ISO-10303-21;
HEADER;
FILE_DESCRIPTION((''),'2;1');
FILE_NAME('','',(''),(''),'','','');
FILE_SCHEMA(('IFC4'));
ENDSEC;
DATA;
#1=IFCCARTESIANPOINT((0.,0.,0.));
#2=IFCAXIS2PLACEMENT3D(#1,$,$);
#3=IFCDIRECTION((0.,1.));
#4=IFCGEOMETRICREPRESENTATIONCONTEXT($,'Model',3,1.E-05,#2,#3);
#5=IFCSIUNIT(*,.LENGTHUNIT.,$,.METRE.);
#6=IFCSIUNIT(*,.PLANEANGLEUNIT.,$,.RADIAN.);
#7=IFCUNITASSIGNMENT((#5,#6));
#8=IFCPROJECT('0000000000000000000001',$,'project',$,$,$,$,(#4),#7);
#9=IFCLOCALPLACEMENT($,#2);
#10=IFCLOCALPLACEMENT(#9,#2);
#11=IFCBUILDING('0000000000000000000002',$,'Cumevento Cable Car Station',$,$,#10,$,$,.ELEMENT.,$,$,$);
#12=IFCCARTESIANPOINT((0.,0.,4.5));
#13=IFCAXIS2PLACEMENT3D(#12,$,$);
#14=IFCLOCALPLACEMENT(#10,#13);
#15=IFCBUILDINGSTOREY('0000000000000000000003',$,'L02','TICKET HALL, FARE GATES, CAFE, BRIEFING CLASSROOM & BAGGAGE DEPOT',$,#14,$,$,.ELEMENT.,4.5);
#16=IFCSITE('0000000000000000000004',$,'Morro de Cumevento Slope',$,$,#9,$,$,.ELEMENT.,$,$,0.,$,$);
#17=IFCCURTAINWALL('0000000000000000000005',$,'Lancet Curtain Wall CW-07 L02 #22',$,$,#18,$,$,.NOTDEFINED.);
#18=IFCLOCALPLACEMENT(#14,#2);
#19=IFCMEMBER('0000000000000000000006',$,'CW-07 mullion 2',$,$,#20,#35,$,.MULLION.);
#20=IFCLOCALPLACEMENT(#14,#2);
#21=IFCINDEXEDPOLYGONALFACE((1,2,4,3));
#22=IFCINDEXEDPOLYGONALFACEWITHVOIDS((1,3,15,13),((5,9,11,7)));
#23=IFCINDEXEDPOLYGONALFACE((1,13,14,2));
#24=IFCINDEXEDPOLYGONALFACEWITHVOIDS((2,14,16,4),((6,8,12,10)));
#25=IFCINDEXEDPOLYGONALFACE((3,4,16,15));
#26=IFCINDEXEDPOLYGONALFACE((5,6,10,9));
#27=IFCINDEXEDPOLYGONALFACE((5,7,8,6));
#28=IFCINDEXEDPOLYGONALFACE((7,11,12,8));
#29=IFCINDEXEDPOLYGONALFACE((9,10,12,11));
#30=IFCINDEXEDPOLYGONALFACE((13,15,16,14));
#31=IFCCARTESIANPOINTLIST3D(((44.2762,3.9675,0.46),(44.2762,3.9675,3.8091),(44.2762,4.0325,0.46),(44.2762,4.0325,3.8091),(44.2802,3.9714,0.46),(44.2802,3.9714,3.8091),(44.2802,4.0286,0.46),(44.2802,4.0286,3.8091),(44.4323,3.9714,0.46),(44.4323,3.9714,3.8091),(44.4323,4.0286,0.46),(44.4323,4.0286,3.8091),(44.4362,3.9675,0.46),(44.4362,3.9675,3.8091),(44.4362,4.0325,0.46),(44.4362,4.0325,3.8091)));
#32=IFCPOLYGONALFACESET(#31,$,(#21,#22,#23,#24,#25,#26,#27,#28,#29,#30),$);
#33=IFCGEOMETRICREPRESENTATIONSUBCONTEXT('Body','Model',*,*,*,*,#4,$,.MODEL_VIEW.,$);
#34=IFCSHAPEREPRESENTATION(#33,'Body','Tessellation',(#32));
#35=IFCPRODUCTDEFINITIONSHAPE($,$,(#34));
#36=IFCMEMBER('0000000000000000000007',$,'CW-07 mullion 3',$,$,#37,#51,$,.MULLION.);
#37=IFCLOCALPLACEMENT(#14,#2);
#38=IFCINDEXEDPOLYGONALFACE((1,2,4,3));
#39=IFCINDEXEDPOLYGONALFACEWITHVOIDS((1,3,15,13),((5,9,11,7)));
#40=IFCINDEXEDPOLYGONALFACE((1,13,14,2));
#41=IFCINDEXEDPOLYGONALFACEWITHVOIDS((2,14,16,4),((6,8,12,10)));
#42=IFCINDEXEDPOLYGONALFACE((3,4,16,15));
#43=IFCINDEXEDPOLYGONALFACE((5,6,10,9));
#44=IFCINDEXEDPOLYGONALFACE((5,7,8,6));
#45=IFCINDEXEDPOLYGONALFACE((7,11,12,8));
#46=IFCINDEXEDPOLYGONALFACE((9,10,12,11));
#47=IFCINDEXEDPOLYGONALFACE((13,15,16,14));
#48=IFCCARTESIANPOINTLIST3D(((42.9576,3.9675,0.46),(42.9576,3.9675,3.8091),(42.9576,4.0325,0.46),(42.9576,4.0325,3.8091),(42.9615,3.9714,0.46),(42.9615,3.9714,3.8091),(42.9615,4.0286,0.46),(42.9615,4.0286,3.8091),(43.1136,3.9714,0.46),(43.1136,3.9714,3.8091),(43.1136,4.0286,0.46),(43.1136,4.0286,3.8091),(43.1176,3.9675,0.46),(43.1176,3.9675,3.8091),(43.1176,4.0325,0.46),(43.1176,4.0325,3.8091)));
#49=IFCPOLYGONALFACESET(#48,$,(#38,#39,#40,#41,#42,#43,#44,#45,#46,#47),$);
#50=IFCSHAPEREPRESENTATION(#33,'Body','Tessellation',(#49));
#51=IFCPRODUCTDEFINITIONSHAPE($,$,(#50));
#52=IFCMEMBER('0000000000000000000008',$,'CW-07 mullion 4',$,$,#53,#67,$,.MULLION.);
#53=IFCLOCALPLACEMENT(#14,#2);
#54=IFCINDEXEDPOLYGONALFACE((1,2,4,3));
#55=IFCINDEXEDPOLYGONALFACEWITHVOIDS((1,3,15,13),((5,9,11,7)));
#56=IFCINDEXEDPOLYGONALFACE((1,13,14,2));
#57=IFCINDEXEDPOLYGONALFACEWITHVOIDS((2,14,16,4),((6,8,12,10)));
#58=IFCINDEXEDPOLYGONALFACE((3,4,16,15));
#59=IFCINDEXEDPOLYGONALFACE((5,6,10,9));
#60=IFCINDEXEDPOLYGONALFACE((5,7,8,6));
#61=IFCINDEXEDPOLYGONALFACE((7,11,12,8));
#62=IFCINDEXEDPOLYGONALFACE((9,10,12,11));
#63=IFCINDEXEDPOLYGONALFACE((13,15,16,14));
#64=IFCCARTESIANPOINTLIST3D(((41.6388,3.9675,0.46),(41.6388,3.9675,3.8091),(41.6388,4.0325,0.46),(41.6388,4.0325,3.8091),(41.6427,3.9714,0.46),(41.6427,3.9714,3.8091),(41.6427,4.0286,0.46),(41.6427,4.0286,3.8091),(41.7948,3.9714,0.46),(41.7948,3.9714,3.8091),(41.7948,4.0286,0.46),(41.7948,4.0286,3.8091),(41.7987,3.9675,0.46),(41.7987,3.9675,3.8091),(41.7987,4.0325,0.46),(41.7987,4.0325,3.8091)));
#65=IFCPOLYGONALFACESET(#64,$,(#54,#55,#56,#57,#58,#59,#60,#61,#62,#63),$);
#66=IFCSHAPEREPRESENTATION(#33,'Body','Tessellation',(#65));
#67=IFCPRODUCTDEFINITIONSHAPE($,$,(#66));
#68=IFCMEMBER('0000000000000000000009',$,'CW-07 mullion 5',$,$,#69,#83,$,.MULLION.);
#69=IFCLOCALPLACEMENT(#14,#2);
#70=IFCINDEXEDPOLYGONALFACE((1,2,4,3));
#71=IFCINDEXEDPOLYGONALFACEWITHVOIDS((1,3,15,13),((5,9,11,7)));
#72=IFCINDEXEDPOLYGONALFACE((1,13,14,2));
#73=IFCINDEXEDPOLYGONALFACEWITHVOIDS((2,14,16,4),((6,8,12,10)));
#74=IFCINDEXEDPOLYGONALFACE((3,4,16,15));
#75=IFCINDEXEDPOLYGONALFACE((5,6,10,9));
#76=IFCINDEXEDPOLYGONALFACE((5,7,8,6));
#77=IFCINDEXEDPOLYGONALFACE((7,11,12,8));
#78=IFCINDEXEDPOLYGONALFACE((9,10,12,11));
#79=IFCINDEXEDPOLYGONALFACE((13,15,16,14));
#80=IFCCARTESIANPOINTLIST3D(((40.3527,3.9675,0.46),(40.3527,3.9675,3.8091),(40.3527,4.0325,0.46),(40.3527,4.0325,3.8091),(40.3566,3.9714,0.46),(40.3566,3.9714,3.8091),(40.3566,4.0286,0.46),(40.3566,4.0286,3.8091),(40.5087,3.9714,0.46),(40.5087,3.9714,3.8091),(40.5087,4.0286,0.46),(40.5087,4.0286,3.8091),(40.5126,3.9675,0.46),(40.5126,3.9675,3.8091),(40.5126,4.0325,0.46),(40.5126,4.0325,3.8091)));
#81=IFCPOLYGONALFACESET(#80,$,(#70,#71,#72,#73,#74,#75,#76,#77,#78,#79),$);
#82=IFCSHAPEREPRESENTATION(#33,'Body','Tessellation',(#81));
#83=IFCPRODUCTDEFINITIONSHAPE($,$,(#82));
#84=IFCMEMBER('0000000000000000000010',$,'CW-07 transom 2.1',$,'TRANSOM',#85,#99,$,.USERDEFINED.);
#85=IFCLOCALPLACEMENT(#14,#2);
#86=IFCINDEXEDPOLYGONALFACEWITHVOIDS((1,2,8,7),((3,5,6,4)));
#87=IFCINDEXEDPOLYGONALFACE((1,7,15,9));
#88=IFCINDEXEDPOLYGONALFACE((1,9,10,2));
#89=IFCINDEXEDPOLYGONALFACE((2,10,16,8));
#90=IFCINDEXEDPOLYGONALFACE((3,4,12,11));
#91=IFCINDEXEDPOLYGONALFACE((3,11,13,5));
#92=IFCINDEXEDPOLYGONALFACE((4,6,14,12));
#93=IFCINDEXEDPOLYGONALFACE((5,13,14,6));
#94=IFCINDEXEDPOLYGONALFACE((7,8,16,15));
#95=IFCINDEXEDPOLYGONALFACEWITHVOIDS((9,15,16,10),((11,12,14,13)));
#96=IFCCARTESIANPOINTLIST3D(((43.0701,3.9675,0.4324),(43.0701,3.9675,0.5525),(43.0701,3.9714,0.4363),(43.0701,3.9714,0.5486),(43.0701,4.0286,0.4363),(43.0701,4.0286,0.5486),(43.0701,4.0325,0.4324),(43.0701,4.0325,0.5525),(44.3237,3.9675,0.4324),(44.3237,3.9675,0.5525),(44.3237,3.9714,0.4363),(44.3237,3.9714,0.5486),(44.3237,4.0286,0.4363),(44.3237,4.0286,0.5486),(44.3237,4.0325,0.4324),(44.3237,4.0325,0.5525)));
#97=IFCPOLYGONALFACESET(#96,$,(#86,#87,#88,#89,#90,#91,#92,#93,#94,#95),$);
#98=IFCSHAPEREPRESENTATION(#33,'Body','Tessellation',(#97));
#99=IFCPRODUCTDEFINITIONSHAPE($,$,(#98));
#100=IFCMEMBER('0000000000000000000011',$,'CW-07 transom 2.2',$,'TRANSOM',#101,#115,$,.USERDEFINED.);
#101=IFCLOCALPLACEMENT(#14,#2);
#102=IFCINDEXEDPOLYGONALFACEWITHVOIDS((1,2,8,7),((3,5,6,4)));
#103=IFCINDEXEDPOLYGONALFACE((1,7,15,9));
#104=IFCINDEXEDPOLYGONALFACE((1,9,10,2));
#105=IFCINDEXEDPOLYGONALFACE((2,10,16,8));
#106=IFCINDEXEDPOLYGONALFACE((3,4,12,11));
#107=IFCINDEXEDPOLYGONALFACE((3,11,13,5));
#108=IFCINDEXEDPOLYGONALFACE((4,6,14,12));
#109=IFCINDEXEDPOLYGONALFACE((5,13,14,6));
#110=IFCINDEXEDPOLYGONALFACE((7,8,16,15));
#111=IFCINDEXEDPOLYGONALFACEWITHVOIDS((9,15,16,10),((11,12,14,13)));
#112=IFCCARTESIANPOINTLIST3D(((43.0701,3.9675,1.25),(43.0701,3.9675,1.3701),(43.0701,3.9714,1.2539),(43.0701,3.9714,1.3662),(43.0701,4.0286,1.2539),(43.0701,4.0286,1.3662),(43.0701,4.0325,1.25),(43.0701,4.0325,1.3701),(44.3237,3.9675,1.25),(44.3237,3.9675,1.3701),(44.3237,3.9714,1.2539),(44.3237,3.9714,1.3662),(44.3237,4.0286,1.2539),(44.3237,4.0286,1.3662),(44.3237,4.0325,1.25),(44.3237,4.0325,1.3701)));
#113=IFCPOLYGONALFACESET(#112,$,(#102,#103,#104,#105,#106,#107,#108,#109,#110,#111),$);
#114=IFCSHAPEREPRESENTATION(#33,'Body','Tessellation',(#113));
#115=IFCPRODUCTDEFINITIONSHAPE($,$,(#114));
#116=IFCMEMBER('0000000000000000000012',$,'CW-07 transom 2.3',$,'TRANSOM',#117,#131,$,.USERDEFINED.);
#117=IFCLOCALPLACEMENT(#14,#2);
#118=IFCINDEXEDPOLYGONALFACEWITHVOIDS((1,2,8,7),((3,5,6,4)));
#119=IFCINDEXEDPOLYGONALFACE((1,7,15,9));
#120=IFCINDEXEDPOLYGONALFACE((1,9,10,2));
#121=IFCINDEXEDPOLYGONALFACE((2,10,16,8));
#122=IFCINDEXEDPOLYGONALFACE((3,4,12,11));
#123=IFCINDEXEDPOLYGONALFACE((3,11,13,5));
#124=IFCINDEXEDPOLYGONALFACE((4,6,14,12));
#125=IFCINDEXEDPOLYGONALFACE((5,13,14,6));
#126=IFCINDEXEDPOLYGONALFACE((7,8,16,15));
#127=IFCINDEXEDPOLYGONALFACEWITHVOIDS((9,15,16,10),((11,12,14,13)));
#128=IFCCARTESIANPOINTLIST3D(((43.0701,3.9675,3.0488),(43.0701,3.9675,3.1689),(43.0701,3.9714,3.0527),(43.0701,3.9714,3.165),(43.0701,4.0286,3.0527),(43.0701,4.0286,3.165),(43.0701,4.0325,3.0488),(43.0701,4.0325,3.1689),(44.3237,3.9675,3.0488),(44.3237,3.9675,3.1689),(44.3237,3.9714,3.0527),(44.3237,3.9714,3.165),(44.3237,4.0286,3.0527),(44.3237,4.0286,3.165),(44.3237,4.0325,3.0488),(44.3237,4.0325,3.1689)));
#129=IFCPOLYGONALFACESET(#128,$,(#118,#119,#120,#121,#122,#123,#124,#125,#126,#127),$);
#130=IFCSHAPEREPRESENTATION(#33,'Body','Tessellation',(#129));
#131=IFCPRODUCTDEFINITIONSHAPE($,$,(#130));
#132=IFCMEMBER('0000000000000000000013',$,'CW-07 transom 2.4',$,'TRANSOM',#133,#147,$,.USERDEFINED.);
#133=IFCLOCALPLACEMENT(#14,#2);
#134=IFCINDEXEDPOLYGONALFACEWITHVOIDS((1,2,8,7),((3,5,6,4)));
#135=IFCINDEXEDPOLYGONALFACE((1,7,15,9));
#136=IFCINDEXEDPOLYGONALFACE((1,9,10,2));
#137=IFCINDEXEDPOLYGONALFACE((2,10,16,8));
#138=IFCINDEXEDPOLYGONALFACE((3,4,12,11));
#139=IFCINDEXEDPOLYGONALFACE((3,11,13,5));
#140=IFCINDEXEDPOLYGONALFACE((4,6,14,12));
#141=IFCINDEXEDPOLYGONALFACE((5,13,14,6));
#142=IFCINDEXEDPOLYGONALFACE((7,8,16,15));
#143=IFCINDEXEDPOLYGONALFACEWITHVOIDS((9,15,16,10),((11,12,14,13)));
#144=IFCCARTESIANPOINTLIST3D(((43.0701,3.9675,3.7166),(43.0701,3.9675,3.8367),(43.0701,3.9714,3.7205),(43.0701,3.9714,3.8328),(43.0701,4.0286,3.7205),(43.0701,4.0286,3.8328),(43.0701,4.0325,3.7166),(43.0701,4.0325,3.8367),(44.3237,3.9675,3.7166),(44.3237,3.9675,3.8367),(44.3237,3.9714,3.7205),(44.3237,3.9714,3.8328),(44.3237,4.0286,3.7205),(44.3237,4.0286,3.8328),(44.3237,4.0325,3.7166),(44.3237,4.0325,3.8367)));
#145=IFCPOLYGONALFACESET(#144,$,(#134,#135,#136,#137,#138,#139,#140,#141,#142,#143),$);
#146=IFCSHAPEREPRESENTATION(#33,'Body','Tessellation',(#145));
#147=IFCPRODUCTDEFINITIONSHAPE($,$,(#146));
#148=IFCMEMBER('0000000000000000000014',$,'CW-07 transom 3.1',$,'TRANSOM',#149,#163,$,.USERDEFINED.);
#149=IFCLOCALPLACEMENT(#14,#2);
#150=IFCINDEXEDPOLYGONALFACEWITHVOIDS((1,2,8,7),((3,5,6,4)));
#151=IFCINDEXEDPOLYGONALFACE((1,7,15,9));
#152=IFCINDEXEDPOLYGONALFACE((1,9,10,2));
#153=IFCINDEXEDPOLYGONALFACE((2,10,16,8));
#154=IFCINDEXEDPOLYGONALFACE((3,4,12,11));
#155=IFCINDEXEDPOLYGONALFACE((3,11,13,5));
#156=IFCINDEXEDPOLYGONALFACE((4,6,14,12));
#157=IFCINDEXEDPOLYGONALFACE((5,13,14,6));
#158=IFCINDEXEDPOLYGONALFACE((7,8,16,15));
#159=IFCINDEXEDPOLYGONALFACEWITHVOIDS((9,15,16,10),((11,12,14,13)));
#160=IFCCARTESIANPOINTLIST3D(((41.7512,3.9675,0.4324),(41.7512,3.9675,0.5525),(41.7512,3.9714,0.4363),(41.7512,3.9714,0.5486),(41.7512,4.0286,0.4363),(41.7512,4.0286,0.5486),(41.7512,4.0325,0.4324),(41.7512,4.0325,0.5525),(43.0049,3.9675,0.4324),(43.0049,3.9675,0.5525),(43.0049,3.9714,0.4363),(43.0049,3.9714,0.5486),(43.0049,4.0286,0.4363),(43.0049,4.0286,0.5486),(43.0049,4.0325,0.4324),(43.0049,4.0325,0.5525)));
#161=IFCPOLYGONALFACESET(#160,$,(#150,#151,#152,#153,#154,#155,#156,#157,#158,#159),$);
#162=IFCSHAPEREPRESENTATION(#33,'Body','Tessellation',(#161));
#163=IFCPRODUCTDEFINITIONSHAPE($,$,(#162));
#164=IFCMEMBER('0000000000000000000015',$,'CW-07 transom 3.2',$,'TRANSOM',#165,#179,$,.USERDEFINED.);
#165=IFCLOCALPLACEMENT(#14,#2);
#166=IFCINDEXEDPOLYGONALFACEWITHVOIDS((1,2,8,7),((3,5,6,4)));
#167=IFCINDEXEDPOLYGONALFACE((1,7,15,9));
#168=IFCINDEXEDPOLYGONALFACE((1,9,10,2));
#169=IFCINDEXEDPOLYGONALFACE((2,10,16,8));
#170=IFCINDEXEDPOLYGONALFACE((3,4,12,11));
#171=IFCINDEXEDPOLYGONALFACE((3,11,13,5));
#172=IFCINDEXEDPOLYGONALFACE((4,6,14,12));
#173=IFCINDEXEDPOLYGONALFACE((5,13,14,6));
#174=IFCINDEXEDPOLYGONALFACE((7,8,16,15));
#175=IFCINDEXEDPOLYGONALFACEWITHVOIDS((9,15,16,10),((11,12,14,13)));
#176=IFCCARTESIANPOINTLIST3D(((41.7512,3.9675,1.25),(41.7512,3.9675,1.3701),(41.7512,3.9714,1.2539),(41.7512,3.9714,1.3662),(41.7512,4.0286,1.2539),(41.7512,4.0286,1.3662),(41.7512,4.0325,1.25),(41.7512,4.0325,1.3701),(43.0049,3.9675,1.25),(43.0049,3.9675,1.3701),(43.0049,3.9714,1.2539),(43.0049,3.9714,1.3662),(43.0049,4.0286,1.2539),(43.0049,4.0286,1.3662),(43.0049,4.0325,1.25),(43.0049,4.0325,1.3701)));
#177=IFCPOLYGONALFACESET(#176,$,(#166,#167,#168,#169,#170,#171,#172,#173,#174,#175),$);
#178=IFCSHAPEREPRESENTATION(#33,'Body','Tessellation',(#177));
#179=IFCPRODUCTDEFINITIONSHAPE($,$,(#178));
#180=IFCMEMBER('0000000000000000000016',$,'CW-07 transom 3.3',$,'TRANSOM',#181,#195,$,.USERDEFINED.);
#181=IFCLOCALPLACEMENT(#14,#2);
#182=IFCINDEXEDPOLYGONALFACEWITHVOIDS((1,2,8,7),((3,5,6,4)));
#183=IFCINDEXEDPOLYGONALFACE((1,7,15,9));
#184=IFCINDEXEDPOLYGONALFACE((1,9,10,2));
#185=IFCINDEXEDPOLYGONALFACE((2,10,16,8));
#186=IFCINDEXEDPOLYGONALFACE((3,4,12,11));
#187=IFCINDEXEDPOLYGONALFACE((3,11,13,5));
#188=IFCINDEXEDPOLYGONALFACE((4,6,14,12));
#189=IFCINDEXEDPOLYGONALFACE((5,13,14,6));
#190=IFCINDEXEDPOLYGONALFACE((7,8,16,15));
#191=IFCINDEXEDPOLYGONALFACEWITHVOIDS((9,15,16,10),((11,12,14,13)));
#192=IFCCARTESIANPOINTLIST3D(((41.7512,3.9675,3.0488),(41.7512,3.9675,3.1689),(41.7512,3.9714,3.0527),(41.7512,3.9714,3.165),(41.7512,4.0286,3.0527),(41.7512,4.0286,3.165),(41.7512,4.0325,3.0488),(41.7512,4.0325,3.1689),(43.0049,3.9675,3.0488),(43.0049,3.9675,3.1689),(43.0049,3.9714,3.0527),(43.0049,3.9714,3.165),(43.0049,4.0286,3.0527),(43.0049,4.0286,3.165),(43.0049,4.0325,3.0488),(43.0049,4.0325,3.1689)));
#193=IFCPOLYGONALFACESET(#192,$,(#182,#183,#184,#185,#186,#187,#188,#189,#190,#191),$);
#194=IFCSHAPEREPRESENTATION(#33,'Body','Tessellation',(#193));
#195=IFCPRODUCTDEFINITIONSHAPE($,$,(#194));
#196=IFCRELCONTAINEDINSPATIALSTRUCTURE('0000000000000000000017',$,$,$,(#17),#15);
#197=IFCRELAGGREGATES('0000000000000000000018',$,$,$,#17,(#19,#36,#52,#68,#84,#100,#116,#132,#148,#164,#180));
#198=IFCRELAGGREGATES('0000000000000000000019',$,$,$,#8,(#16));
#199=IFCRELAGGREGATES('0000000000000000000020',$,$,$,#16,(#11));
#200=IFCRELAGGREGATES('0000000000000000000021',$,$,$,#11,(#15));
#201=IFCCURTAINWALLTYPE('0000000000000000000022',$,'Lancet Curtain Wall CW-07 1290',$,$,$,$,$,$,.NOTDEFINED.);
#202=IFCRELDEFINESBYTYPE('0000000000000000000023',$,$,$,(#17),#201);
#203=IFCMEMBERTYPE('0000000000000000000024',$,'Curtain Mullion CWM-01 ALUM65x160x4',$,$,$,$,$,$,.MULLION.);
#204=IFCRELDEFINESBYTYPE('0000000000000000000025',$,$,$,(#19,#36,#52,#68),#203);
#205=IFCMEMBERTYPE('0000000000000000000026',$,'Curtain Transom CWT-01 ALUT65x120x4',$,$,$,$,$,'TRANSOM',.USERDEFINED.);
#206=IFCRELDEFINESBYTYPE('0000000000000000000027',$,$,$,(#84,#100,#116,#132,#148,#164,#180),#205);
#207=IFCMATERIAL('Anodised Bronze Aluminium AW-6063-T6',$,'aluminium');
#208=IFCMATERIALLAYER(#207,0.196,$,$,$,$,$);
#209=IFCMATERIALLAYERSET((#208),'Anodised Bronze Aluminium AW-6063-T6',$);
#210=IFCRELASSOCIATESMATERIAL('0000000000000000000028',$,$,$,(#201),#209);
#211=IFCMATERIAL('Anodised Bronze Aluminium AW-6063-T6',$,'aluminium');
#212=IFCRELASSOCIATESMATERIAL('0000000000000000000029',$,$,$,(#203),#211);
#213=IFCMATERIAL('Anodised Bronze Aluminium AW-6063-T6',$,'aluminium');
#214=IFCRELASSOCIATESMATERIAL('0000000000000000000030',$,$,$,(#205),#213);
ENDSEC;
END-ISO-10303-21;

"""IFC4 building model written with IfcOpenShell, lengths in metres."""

from ifc_helpers import new_model, si_unit, direction, frame, origin, origin_2d, place, context, subcontext, project, spatial, hollow_rectangle, extrude, material, layer, layer_set, material_profile, profile_set, type_object, element, aggregate, save


model = new_model("IFC4")

# Units and contexts
model_context = context("Model", 3, precision=1e-05, world=origin(), true_north=direction((0.0, 1.0)))
body_context = subcontext(model_context, "Body", "Model", "MODEL_VIEW")
ifc_project = project(units=[si_unit("LENGTHUNIT", "METRE"), si_unit("PLANEANGLEUNIT", "RADIAN")], contexts=[model_context])

# Site, building, storey
site_placement = place(None, origin())
site = spatial("IfcSite", under=ifc_project, at=site_placement, Name="Morro de Cumevento Slope", CompositionType="ELEMENT", RefElevation=0.0)
building_placement = place(site_placement, origin())
building = spatial("IfcBuilding", under=site, at=building_placement, Name="Cumevento Cable Car Station", CompositionType="ELEMENT")
storey_placement = place(building_placement, frame((0.0, 0.0, 4.5)))
storey = spatial("IfcBuildingStorey", under=building, at=storey_placement, Name="L02", Description="TICKET HALL, FARE GATES, CAFE, BRIEFING CLASSROOM & BAGGAGE DEPOT", CompositionType="ELEMENT", Elevation=4.5)

# Curtain wall, members
ifc_material_1 = material(Name="Anodised Bronze Aluminium AW-6063-T6", Category="aluminium")
ifc_layer_1 = layer(ifc_material_1, 0.196)
ifc_layer_set_1 = layer_set([ifc_layer_1], Name="Anodised Bronze Aluminium AW-6063-T6")
curtain_wall_type = type_object("IfcCurtainWallType", Name="Lancet Curtain Wall CW-07 1290", PredefinedType="NOTDEFINED", material=ifc_layer_set_1)
curtain_wall_placement = place(storey_placement, origin())
curtain_wall = element("IfcCurtainWall", 1, at=curtain_wall_placement, inside=storey, type_object=curtain_wall_type, Name="Lancet Curtain Wall CW-07 L02 #22", PredefinedType="NOTDEFINED")
ifc_material_2 = material(Name="Anodised Bronze Aluminium AW-6063-T6", Category="aluminium")
ifc_material_profile_1 = material_profile(ifc_material_2, hollow_rectangle(XDim=0.0649, YDim=0.1599, WallThickness=0.0039, at=origin_2d()), Name="ALUM65x160x4")
ifc_profile_set_1 = profile_set([ifc_material_profile_1], Name="Anodised Bronze Aluminium AW-6063-T6")
member_type_1 = type_object("IfcMemberType", Name="Curtain Mullion CWM-01 ALUM65x160x4", PredefinedType="MULLION", material=ifc_profile_set_1)
member_1_placement = place(storey_placement, frame((44.3562, 4.0, 0.46), z_axis=(0.0, 0.0, 1.0), x_axis=(0.0, -1.0, 0.0)))
member_1 = element("IfcMember", 2, at=member_1_placement, type_object=member_type_1, Name="CW-07 mullion 2", PredefinedType="MULLION", context=body_context, shape_type="SweptSolid", body=[
    extrude(hollow_rectangle(XDim=0.0649, YDim=0.1599, WallThickness=0.0039, at=origin_2d()), origin(), (0.0, 0.0, 1.0), 3.3491),
])
member_2_placement = place(storey_placement, frame((43.0376, 4.0, 0.46), z_axis=(0.0, 0.0, 1.0), x_axis=(0.0, -1.0, 0.0)))
member_2 = element("IfcMember", 3, at=member_2_placement, type_object=member_type_1, Name="CW-07 mullion 3", PredefinedType="MULLION", context=body_context, shape_type="SweptSolid", body=[
    extrude(hollow_rectangle(XDim=0.0649, YDim=0.1599, WallThickness=0.0039, at=origin_2d()), origin(), (0.0, 0.0, 1.0), 3.3491),
])
member_3_placement = place(storey_placement, frame((41.7188, 4.0, 0.46), z_axis=(0.0, 0.0, 1.0), x_axis=(0.0, -1.0, 0.0)))
member_3 = element("IfcMember", 4, at=member_3_placement, type_object=member_type_1, Name="CW-07 mullion 4", PredefinedType="MULLION", context=body_context, shape_type="SweptSolid", body=[
    extrude(hollow_rectangle(XDim=0.0649, YDim=0.1599, WallThickness=0.0039, at=origin_2d()), origin(), (0.0, 0.0, 1.0), 3.3491),
])
member_4_placement = place(storey_placement, frame((40.4326, 4.0, 0.46), z_axis=(0.0, 0.0, 1.0), x_axis=(0.0, -1.0, 0.0)))
member_4 = element("IfcMember", 5, at=member_4_placement, type_object=member_type_1, Name="CW-07 mullion 5", PredefinedType="MULLION", context=body_context, shape_type="SweptSolid", body=[
    extrude(hollow_rectangle(XDim=0.0649, YDim=0.1599, WallThickness=0.0039, at=origin_2d()), origin(), (0.0, 0.0, 1.0), 3.3491),
])
ifc_material_3 = material(Name="Anodised Bronze Aluminium AW-6063-T6", Category="aluminium")
ifc_material_profile_2 = material_profile(ifc_material_3, hollow_rectangle(XDim=0.0649, YDim=0.1201, WallThickness=0.0039, at=origin_2d()), Name="ALUT65x120x4")
ifc_profile_set_2 = profile_set([ifc_material_profile_2], Name="Anodised Bronze Aluminium AW-6063-T6")
member_type_2 = type_object("IfcMemberType", Name="Curtain Transom CWT-01 ALUT65x120x4", ElementType="TRANSOM", PredefinedType="USERDEFINED", material=ifc_profile_set_2)
member_5_placement = place(storey_placement, frame((44.3237, 4.0, 0.4924), z_axis=(-1.0, 0.0, 0.0), x_axis=(0.0, -1.0, 0.0)))
member_5 = element("IfcMember", 6, at=member_5_placement, type_object=member_type_2, Name="CW-07 transom 2.1", ObjectType="TRANSOM", PredefinedType="USERDEFINED", context=body_context, shape_type="SweptSolid", body=[
    extrude(hollow_rectangle(XDim=0.0649, YDim=0.1201, WallThickness=0.0039, at=origin_2d()), origin(), (0.0, 0.0, 1.0), 1.2537),
])
member_6_placement = place(storey_placement, frame((44.3237, 4.0, 1.3101), z_axis=(-1.0, 0.0, 0.0), x_axis=(0.0, -1.0, 0.0)))
member_6 = element("IfcMember", 7, at=member_6_placement, type_object=member_type_2, Name="CW-07 transom 2.2", ObjectType="TRANSOM", PredefinedType="USERDEFINED", context=body_context, shape_type="SweptSolid", body=[
    extrude(hollow_rectangle(XDim=0.0649, YDim=0.1201, WallThickness=0.0039, at=origin_2d()), origin(), (0.0, 0.0, 1.0), 1.2537),
])
member_7_placement = place(storey_placement, frame((44.3237, 4.0, 3.1089), z_axis=(-1.0, 0.0, 0.0), x_axis=(0.0, -1.0, 0.0)))
member_7 = element("IfcMember", 8, at=member_7_placement, type_object=member_type_2, Name="CW-07 transom 2.3", ObjectType="TRANSOM", PredefinedType="USERDEFINED", context=body_context, shape_type="SweptSolid", body=[
    extrude(hollow_rectangle(XDim=0.0649, YDim=0.1201, WallThickness=0.0039, at=origin_2d()), origin(), (0.0, 0.0, 1.0), 1.2537),
])
member_8_placement = place(storey_placement, frame((44.3237, 4.0, 3.7766), z_axis=(-1.0, 0.0, 0.0), x_axis=(0.0, -1.0, 0.0)))
member_8 = element("IfcMember", 9, at=member_8_placement, type_object=member_type_2, Name="CW-07 transom 2.4", ObjectType="TRANSOM", PredefinedType="USERDEFINED", context=body_context, shape_type="SweptSolid", body=[
    extrude(hollow_rectangle(XDim=0.0649, YDim=0.1201, WallThickness=0.0039, at=origin_2d()), origin(), (0.0, 0.0, 1.0), 1.2537),
])
member_9_placement = place(storey_placement, frame((43.0049, 4.0, 0.4924), z_axis=(-1.0, 0.0, 0.0), x_axis=(0.0, -1.0, 0.0)))
member_9 = element("IfcMember", 10, at=member_9_placement, type_object=member_type_2, Name="CW-07 transom 3.1", ObjectType="TRANSOM", PredefinedType="USERDEFINED", context=body_context, shape_type="SweptSolid", body=[
    extrude(hollow_rectangle(XDim=0.0649, YDim=0.1201, WallThickness=0.0039, at=origin_2d()), origin(), (0.0, 0.0, 1.0), 1.2537),
])
member_10_placement = place(storey_placement, frame((43.0049, 4.0, 1.3101), z_axis=(-1.0, 0.0, 0.0), x_axis=(0.0, -1.0, 0.0)))
member_10 = element("IfcMember", 11, at=member_10_placement, type_object=member_type_2, Name="CW-07 transom 3.2", ObjectType="TRANSOM", PredefinedType="USERDEFINED", context=body_context, shape_type="SweptSolid", body=[
    extrude(hollow_rectangle(XDim=0.0649, YDim=0.1201, WallThickness=0.0039, at=origin_2d()), origin(), (0.0, 0.0, 1.0), 1.2537),
])
member_11_placement = place(storey_placement, frame((43.0049, 4.0, 3.1089), z_axis=(-1.0, 0.0, 0.0), x_axis=(0.0, -1.0, 0.0)))
member_11 = element("IfcMember", 12, at=member_11_placement, type_object=member_type_2, Name="CW-07 transom 3.3", ObjectType="TRANSOM", PredefinedType="USERDEFINED", context=body_context, shape_type="SweptSolid", body=[
    extrude(hollow_rectangle(XDim=0.0649, YDim=0.1201, WallThickness=0.0039, at=origin_2d()), origin(), (0.0, 0.0, 1.0), 1.2537),
])

aggregate(curtain_wall, [member_1, member_2, member_3, member_4, member_5, member_6, member_7, member_8, member_9, member_10, member_11])

save(model, "model.ifc")
